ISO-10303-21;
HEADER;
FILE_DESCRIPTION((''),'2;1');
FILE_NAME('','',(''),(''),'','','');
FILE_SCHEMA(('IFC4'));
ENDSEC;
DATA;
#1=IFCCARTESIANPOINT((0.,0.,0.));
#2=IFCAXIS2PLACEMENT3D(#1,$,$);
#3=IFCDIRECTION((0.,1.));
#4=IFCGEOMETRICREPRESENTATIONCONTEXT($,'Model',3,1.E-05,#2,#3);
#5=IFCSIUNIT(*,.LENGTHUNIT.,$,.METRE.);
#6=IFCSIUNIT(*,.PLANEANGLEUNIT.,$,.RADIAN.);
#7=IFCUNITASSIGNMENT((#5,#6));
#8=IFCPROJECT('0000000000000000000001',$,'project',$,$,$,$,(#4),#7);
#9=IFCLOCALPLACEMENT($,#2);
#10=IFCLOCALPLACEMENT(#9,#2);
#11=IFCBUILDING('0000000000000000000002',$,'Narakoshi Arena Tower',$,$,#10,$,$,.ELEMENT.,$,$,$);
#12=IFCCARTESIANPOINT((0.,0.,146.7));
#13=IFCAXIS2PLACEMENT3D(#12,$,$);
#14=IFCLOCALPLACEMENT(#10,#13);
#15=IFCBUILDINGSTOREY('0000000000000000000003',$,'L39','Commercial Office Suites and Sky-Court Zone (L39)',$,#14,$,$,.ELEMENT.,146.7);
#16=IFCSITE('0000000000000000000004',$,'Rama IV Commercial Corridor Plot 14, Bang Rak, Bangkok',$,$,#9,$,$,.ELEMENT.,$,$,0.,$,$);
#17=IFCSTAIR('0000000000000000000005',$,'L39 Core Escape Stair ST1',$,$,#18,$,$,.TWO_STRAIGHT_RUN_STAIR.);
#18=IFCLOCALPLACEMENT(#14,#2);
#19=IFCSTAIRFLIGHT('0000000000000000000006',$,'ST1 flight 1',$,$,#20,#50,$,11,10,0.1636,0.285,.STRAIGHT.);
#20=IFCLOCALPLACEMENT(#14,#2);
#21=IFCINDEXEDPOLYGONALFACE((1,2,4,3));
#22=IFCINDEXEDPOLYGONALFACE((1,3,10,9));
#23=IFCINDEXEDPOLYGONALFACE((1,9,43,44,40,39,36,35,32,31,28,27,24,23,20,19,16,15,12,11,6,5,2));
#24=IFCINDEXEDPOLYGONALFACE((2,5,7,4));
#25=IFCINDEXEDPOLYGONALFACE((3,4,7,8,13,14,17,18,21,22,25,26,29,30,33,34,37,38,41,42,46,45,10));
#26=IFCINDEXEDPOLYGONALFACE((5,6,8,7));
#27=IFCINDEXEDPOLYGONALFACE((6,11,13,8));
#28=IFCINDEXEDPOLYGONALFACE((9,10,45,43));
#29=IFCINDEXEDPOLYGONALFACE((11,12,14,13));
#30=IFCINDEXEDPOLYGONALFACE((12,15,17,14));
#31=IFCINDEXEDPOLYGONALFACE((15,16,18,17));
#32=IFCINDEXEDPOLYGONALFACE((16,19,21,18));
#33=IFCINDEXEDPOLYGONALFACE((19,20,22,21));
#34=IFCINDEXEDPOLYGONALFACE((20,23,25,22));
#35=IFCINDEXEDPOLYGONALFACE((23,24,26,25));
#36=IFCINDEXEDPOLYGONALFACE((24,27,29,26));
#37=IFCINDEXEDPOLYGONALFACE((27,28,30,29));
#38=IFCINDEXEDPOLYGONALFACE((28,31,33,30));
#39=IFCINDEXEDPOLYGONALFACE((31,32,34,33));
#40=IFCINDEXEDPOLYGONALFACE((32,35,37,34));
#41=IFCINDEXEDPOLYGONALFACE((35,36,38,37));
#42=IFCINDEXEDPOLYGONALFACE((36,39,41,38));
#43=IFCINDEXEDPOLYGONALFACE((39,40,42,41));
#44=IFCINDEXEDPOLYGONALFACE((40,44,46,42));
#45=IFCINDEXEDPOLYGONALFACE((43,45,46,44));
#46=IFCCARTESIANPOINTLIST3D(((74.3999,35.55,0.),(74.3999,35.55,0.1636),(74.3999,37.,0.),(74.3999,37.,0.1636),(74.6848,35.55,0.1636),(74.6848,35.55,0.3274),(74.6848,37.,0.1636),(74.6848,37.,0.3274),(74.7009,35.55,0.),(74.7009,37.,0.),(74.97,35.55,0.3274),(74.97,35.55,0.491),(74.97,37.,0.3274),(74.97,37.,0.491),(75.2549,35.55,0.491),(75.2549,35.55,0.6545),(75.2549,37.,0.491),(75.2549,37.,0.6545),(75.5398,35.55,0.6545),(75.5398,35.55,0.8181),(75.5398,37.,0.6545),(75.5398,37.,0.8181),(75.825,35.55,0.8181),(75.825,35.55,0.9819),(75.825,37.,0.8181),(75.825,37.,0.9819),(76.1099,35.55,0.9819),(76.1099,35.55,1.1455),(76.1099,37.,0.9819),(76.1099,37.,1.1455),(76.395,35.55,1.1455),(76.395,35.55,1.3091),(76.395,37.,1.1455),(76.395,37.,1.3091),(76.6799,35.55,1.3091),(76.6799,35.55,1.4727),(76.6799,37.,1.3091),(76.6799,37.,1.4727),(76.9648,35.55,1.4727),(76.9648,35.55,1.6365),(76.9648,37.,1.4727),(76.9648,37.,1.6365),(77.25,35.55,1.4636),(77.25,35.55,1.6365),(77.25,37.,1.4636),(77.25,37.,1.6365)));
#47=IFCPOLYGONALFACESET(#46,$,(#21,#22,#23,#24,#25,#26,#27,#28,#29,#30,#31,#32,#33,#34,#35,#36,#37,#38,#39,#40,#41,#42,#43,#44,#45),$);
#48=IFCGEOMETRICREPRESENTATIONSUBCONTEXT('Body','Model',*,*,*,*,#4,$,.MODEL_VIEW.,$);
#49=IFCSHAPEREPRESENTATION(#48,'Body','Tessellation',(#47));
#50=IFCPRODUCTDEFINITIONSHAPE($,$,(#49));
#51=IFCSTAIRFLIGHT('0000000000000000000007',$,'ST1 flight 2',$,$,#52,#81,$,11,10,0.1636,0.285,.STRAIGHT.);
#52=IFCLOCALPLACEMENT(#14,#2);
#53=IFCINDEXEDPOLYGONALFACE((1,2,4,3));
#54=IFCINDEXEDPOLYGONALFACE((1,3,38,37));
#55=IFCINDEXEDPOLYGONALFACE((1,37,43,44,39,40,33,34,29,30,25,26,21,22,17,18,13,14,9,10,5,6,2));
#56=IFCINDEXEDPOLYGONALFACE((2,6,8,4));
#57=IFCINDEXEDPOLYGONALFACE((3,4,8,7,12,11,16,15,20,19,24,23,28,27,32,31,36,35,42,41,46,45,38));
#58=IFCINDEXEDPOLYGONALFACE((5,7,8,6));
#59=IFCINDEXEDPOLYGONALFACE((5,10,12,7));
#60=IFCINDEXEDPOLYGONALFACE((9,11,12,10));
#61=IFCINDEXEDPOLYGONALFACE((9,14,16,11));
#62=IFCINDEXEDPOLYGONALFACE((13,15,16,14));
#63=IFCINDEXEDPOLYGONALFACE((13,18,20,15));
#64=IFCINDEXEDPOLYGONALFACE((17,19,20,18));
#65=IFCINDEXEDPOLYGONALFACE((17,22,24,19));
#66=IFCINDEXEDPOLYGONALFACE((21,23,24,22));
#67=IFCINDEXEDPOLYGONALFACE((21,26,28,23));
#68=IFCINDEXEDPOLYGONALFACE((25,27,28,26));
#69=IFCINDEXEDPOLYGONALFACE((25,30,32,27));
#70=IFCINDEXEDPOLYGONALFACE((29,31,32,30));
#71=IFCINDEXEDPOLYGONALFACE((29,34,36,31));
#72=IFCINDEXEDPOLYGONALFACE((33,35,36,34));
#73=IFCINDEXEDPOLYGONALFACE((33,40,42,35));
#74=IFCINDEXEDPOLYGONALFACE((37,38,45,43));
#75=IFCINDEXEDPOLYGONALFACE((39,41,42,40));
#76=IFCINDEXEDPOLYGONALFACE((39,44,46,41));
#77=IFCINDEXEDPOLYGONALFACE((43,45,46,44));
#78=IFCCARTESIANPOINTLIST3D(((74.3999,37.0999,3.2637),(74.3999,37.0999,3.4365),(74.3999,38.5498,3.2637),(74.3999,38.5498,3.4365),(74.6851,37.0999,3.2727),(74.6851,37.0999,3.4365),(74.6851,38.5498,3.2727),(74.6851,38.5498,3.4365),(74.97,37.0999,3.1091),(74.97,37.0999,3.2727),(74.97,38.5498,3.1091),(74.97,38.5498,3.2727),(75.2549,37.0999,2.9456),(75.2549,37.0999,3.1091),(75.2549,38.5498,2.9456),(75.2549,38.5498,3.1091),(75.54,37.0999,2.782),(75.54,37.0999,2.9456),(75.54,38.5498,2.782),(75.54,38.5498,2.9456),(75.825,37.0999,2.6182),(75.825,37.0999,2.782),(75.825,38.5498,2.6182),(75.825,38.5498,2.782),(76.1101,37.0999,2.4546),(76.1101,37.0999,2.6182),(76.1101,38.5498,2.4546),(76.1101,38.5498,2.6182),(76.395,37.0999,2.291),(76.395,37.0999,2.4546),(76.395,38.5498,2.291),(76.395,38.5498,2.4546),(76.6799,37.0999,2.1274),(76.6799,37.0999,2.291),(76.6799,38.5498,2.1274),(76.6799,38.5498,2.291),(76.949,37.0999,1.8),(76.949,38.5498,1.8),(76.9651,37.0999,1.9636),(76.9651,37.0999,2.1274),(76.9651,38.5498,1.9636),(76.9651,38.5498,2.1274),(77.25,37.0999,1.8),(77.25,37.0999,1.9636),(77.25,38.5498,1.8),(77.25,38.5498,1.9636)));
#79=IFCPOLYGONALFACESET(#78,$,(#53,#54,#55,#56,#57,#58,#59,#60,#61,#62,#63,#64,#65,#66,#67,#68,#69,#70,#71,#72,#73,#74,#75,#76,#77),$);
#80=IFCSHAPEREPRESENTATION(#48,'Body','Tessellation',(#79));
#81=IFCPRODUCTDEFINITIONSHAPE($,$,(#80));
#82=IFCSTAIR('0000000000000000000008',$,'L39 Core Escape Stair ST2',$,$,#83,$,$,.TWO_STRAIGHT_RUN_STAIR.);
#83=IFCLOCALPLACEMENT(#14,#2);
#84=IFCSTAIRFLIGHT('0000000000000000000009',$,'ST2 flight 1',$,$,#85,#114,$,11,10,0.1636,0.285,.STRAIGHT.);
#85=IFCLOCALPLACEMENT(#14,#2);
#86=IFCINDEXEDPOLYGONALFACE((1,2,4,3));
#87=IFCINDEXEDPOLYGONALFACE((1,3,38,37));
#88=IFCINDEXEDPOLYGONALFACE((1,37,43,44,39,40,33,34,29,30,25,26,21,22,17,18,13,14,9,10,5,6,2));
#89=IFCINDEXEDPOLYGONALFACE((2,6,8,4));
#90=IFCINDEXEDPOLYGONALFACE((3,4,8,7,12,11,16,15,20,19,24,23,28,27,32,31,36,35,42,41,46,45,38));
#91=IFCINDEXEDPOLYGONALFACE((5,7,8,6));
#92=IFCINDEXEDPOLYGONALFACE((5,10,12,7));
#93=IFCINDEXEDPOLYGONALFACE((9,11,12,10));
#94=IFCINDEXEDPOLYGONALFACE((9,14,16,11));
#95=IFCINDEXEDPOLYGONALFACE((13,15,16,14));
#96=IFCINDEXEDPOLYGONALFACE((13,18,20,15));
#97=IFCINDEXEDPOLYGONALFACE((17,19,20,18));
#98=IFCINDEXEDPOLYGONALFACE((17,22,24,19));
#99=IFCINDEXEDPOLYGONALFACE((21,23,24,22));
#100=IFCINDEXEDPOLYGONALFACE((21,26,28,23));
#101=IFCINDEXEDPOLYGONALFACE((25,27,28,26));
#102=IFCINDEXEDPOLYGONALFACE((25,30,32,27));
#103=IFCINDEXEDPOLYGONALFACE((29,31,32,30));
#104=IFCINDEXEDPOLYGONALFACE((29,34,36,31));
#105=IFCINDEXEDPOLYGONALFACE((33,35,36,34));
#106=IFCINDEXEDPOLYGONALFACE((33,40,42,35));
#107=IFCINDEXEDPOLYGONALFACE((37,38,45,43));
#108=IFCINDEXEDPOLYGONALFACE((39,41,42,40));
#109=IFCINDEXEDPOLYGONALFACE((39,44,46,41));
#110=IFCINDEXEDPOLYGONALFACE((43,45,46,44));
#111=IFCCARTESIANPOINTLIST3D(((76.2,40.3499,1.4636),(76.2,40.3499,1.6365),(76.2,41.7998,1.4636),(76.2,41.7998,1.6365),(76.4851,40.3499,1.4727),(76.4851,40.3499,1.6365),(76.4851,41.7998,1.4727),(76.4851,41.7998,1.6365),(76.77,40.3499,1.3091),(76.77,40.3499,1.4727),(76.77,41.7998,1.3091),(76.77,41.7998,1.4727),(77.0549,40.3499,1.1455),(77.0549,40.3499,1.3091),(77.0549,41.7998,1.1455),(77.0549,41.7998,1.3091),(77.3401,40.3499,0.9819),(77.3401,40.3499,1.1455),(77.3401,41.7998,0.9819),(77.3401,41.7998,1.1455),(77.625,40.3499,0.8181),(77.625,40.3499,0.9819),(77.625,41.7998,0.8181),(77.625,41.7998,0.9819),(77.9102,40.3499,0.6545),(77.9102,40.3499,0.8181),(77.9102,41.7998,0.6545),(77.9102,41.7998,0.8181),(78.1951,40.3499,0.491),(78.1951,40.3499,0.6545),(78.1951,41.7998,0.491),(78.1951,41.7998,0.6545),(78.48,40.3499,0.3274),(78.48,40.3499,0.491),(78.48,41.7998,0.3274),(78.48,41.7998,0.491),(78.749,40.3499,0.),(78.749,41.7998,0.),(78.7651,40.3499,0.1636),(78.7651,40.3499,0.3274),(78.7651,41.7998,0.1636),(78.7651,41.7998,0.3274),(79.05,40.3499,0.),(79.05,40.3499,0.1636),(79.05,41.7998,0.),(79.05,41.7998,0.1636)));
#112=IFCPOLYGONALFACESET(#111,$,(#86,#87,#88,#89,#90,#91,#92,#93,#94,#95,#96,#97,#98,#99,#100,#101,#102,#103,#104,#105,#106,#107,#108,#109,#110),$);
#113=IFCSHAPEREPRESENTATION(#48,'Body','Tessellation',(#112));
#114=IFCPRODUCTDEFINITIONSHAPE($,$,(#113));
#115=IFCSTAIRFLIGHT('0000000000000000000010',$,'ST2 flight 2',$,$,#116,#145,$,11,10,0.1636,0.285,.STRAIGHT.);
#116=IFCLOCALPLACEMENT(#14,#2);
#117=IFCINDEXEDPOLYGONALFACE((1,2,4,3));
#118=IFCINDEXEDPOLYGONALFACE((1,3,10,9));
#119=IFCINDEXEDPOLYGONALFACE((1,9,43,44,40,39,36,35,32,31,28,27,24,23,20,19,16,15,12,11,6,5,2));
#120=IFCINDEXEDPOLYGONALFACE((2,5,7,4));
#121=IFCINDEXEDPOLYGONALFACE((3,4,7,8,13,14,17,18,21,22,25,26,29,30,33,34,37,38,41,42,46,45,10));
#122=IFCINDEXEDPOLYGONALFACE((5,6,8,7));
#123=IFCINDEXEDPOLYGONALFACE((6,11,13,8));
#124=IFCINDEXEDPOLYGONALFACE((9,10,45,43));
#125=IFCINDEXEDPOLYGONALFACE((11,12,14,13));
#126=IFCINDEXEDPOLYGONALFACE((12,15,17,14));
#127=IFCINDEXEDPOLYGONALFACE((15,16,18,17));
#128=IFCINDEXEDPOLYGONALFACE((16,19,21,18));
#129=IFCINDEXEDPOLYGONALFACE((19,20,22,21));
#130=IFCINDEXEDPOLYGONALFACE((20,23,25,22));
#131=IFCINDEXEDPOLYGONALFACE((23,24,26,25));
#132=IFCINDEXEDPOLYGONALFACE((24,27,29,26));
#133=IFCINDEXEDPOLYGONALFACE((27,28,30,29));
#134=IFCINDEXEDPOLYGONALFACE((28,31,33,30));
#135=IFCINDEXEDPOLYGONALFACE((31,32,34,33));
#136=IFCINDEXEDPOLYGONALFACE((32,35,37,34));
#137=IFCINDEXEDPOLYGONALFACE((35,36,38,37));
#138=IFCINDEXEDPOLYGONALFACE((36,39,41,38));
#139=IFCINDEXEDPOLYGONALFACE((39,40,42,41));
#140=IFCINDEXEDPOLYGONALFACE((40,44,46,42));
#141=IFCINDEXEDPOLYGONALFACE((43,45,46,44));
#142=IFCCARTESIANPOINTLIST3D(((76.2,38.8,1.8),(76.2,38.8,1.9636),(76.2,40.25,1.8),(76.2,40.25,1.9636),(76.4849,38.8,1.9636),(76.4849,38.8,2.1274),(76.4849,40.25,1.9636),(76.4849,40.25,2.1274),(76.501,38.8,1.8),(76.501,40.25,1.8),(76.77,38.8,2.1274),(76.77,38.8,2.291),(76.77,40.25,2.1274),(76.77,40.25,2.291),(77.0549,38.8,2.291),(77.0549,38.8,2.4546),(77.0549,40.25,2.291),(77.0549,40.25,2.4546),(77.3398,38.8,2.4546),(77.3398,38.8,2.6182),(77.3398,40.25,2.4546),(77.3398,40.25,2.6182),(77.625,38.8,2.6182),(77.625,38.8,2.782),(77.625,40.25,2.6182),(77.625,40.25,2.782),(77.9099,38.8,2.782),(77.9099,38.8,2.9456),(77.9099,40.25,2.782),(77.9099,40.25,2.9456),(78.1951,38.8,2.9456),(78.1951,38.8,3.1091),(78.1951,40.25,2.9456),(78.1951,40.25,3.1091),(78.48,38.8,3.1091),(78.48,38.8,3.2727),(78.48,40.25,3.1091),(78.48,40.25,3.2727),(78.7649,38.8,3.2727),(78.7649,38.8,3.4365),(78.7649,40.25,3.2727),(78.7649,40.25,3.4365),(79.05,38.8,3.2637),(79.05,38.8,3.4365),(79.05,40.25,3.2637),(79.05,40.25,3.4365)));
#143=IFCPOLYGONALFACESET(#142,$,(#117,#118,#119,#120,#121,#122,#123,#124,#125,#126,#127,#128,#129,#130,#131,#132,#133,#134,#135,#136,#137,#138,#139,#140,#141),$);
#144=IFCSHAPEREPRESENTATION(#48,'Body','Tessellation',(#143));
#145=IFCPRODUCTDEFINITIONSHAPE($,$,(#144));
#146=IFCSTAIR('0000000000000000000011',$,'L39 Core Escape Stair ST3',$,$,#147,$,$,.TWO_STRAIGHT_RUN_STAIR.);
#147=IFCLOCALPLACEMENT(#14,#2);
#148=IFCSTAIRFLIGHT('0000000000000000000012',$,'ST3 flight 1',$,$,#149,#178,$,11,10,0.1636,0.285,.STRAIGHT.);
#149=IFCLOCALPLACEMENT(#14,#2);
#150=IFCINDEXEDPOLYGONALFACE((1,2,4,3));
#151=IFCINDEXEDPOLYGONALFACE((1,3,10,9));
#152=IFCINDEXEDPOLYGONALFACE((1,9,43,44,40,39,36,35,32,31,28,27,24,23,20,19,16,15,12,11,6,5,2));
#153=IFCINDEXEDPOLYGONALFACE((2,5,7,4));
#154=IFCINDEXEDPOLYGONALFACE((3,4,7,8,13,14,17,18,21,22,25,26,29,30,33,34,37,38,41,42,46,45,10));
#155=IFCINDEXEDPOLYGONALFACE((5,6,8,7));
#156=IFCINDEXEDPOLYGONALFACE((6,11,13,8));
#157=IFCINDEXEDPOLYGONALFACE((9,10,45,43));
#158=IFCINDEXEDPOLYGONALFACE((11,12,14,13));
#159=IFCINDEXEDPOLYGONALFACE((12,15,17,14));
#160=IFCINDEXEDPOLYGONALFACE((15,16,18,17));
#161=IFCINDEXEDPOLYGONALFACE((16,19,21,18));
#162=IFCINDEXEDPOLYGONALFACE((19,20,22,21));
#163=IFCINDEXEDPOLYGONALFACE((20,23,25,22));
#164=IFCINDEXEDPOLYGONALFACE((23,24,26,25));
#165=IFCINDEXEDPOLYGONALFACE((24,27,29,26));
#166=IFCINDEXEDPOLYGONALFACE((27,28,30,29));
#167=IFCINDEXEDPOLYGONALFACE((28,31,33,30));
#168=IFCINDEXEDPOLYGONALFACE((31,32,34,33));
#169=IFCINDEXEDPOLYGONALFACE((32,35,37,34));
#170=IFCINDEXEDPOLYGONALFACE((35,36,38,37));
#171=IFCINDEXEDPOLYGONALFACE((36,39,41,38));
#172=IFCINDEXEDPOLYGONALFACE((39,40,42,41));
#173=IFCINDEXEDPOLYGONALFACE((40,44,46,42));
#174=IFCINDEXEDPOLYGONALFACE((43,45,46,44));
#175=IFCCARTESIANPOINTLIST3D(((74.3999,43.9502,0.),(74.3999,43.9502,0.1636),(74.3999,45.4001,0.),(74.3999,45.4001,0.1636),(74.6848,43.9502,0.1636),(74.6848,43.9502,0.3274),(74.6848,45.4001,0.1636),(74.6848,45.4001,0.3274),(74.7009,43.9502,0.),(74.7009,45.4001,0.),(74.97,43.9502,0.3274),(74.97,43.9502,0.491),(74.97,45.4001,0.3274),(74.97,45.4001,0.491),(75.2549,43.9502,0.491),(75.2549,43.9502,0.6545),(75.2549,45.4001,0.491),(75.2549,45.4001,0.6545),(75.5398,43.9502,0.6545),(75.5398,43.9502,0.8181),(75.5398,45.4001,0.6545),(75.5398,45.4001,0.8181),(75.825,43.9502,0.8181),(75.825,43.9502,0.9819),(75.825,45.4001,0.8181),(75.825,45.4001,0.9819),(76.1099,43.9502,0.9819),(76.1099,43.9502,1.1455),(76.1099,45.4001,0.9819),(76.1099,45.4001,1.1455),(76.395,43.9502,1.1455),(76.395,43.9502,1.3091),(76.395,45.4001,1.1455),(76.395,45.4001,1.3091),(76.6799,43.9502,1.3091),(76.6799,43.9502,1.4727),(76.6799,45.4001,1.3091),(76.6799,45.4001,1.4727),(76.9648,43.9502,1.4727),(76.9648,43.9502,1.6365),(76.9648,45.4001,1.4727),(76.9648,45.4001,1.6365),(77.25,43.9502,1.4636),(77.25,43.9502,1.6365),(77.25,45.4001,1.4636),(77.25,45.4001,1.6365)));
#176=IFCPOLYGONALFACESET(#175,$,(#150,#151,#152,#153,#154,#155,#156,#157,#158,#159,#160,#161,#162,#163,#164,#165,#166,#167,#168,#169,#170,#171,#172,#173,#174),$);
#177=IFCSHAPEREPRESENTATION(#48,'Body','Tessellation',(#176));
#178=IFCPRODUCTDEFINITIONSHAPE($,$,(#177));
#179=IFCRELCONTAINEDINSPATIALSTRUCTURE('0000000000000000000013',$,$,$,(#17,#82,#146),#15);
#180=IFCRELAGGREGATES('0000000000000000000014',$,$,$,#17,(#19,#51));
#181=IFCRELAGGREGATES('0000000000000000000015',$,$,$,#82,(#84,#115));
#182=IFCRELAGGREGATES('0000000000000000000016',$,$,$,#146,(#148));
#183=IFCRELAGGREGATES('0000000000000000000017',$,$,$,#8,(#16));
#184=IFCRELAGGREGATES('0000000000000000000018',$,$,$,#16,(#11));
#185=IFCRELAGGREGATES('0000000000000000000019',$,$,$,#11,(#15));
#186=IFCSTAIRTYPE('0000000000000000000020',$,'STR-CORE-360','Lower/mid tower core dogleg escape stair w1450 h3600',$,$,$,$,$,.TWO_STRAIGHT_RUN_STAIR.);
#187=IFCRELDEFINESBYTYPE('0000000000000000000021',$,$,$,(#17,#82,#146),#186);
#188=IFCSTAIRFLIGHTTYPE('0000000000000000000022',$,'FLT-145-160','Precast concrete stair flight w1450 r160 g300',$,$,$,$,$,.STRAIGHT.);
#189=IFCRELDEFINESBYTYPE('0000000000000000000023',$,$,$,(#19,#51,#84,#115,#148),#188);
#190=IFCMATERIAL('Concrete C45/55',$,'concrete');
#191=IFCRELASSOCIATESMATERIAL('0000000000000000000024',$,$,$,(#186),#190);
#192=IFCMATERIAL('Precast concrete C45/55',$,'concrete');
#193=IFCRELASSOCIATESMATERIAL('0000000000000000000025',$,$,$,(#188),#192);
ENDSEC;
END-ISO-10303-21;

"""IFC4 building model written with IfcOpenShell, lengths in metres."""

from ifc_helpers import new_model, si_unit, direction, frame, origin, place, context, subcontext, project, spatial, polyline, outline, extrude, material, type_object, element, aggregate, save


model = new_model("IFC4")

# Units and contexts
model_context = context("Model", 3, precision=1e-05, world=origin(), true_north=direction((0.0, 1.0)))
body_context = subcontext(model_context, "Body", "Model", "MODEL_VIEW")
ifc_project = project(units=[si_unit("LENGTHUNIT", "METRE"), si_unit("PLANEANGLEUNIT", "RADIAN")], contexts=[model_context])

# Site, building, storey
site_placement = place(None, origin())
site = spatial("IfcSite", under=ifc_project, at=site_placement, Name="Rama IV Commercial Corridor Plot 14, Bang Rak, Bangkok", CompositionType="ELEMENT", RefElevation=0.0)
building_placement = place(site_placement, origin())
building = spatial("IfcBuilding", under=site, at=building_placement, Name="Narakoshi Arena Tower", CompositionType="ELEMENT")
storey_placement = place(building_placement, frame((0.0, 0.0, 146.7)))
storey = spatial("IfcBuildingStorey", under=building, at=storey_placement, Name="L39", Description="Commercial Office Suites and Sky-Court Zone (L39)", CompositionType="ELEMENT", Elevation=146.7)

# Stairs, stair flights
ifc_material_1 = material(Name="Concrete C45/55", Category="concrete")
stair_type = type_object("IfcStairType", Name="STR-CORE-360", Description="Lower/mid tower core dogleg escape stair w1450 h3600", PredefinedType="TWO_STRAIGHT_RUN_STAIR", material=ifc_material_1)
stair_1_placement = place(storey_placement, origin())
stair_1 = element("IfcStair", 1, at=stair_1_placement, inside=storey, type_object=stair_type, Name="L39 Core Escape Stair ST1", PredefinedType="TWO_STRAIGHT_RUN_STAIR")
ifc_material_2 = material(Name="Precast concrete C45/55", Category="concrete")
stair_flight_type = type_object("IfcStairFlightType", Name="FLT-145-160", Description="Precast concrete stair flight w1450 r160 g300", PredefinedType="STRAIGHT", material=ifc_material_2)
stair_flight_1_placement = place(storey_placement, frame((74.3999, 36.2749, 0.0), z_axis=(0.0, 0.0, 1.0), x_axis=(1.0, 0.0, 0.0)))
stair_flight_1 = element("IfcStairFlight", 2, at=stair_flight_1_placement, type_object=stair_flight_type, Name="ST1 flight 1", NumberOfRisers=11, NumberOfTreads=10, PredefinedType="STRAIGHT", RiserHeight=0.1636, TreadLength=0.285, context=body_context, shape_type="SweptSolid", body=[
    extrude(outline(polyline([(0.0, 0.0), (0.0, 0.1636), (0.2849, 0.1636), (0.2849, 0.3274), (0.5701, 0.3274), (0.5701, 0.491), (0.855, 0.491), (0.855, 0.6545), (1.1399, 0.6545), (1.1399, 0.8181), (1.425, 0.8181), (1.425, 0.9819), (1.71, 0.9819), (1.71, 1.1455), (1.9951, 1.1455), (1.9951, 1.3091), (2.28, 1.3091), (2.28, 1.4727), (2.5649, 1.4727), (2.5649, 1.6365), (2.8501, 1.6365), (2.8501, 1.8), (2.8501, 1.4636), (0.301, 0.0), (0.0, 0.0)])), frame((0.0, 0.7251, 0.0), z_axis=(0.0, -1.0, 0.0), x_axis=(1.0, 0.0, 0.0)), (0.0, 0.0, 1.0), 1.45),
])
stair_flight_2_placement = place(storey_placement, frame((77.25, 37.825, 1.8), z_axis=(0.0, 0.0, 1.0), x_axis=(-1.0, 0.0, 0.0)))
stair_flight_2 = element("IfcStairFlight", 3, at=stair_flight_2_placement, type_object=stair_flight_type, Name="ST1 flight 2", NumberOfRisers=11, NumberOfTreads=10, PredefinedType="STRAIGHT", RiserHeight=0.1636, TreadLength=0.285, context=body_context, shape_type="SweptSolid", body=[
    extrude(outline(polyline([(0.0, 0.0), (0.0, 0.1636), (0.2849, 0.1636), (0.2849, 0.3274), (0.5701, 0.3274), (0.5701, 0.491), (0.855, 0.491), (0.855, 0.6545), (1.1399, 0.6545), (1.1399, 0.8181), (1.425, 0.8181), (1.425, 0.9819), (1.71, 0.9819), (1.71, 1.1455), (1.9951, 1.1455), (1.9951, 1.3091), (2.28, 1.3091), (2.28, 1.4727), (2.5649, 1.4727), (2.5649, 1.6365), (2.8501, 1.6365), (2.8501, 1.8), (2.8501, 1.4636), (0.301, 0.0), (0.0, 0.0)])), frame((0.0, 0.7251, 0.0), z_axis=(0.0, -1.0, 0.0), x_axis=(1.0, 0.0, 0.0)), (0.0, 0.0, 1.0), 1.45),
])
aggregate(stair_1, [stair_flight_1, stair_flight_2])
stair_2_placement = place(storey_placement, origin())
stair_2 = element("IfcStair", 4, at=stair_2_placement, inside=storey, type_object=stair_type, Name="L39 Core Escape Stair ST2", PredefinedType="TWO_STRAIGHT_RUN_STAIR")
stair_flight_3_placement = place(storey_placement, frame((79.05, 41.075, 0.0), z_axis=(0.0, 0.0, 1.0), x_axis=(-1.0, 0.0, 0.0)))
stair_flight_3 = element("IfcStairFlight", 5, at=stair_flight_3_placement, type_object=stair_flight_type, Name="ST2 flight 1", NumberOfRisers=11, NumberOfTreads=10, PredefinedType="STRAIGHT", RiserHeight=0.1636, TreadLength=0.285, context=body_context, shape_type="SweptSolid", body=[
    extrude(outline(polyline([(0.0, 0.0), (0.0, 0.1636), (0.2849, 0.1636), (0.2849, 0.3274), (0.5701, 0.3274), (0.5701, 0.491), (0.855, 0.491), (0.855, 0.6545), (1.1399, 0.6545), (1.1399, 0.8181), (1.425, 0.8181), (1.425, 0.9819), (1.71, 0.9819), (1.71, 1.1455), (1.9951, 1.1455), (1.9951, 1.3091), (2.28, 1.3091), (2.28, 1.4727), (2.5649, 1.4727), (2.5649, 1.6365), (2.8501, 1.6365), (2.8501, 1.8), (2.8501, 1.4636), (0.301, 0.0), (0.0, 0.0)])), frame((0.0, 0.7251, 0.0), z_axis=(0.0, -1.0, 0.0), x_axis=(1.0, 0.0, 0.0)), (0.0, 0.0, 1.0), 1.45),
])
stair_flight_4_placement = place(storey_placement, frame((76.2, 39.5249, 1.8), z_axis=(0.0, 0.0, 1.0), x_axis=(1.0, 0.0, 0.0)))
stair_flight_4 = element("IfcStairFlight", 6, at=stair_flight_4_placement, type_object=stair_flight_type, Name="ST2 flight 2", NumberOfRisers=11, NumberOfTreads=10, PredefinedType="STRAIGHT", RiserHeight=0.1636, TreadLength=0.285, context=body_context, shape_type="SweptSolid", body=[
    extrude(outline(polyline([(0.0, 0.0), (0.0, 0.1636), (0.2849, 0.1636), (0.2849, 0.3274), (0.5701, 0.3274), (0.5701, 0.491), (0.855, 0.491), (0.855, 0.6545), (1.1399, 0.6545), (1.1399, 0.8181), (1.425, 0.8181), (1.425, 0.9819), (1.71, 0.9819), (1.71, 1.1455), (1.9951, 1.1455), (1.9951, 1.3091), (2.28, 1.3091), (2.28, 1.4727), (2.5649, 1.4727), (2.5649, 1.6365), (2.8501, 1.6365), (2.8501, 1.8), (2.8501, 1.4636), (0.301, 0.0), (0.0, 0.0)])), frame((0.0, 0.7251, 0.0), z_axis=(0.0, -1.0, 0.0), x_axis=(1.0, 0.0, 0.0)), (0.0, 0.0, 1.0), 1.45),
])
aggregate(stair_2, [stair_flight_3, stair_flight_4])
stair_3_placement = place(storey_placement, origin())
stair_3 = element("IfcStair", 7, at=stair_3_placement, inside=storey, type_object=stair_type, Name="L39 Core Escape Stair ST3", PredefinedType="TWO_STRAIGHT_RUN_STAIR")
stair_flight_5_placement = place(storey_placement, frame((74.3999, 44.675, 0.0), z_axis=(0.0, 0.0, 1.0), x_axis=(1.0, 0.0, 0.0)))
stair_flight_5 = element("IfcStairFlight", 8, at=stair_flight_5_placement, type_object=stair_flight_type, Name="ST3 flight 1", NumberOfRisers=11, NumberOfTreads=10, PredefinedType="STRAIGHT", RiserHeight=0.1636, TreadLength=0.285, context=body_context, shape_type="SweptSolid", body=[
    extrude(outline(polyline([(0.0, 0.0), (0.0, 0.1636), (0.2849, 0.1636), (0.2849, 0.3274), (0.5701, 0.3274), (0.5701, 0.491), (0.855, 0.491), (0.855, 0.6545), (1.1399, 0.6545), (1.1399, 0.8181), (1.425, 0.8181), (1.425, 0.9819), (1.71, 0.9819), (1.71, 1.1455), (1.9951, 1.1455), (1.9951, 1.3091), (2.28, 1.3091), (2.28, 1.4727), (2.5649, 1.4727), (2.5649, 1.6365), (2.8501, 1.6365), (2.8501, 1.8), (2.8501, 1.4636), (0.301, 0.0), (0.0, 0.0)])), frame((0.0, 0.7251, 0.0), z_axis=(0.0, -1.0, 0.0), x_axis=(1.0, 0.0, 0.0)), (0.0, 0.0, 1.0), 1.45),
])
aggregate(stair_3, [stair_flight_5])

save(model, "model.ifc")
